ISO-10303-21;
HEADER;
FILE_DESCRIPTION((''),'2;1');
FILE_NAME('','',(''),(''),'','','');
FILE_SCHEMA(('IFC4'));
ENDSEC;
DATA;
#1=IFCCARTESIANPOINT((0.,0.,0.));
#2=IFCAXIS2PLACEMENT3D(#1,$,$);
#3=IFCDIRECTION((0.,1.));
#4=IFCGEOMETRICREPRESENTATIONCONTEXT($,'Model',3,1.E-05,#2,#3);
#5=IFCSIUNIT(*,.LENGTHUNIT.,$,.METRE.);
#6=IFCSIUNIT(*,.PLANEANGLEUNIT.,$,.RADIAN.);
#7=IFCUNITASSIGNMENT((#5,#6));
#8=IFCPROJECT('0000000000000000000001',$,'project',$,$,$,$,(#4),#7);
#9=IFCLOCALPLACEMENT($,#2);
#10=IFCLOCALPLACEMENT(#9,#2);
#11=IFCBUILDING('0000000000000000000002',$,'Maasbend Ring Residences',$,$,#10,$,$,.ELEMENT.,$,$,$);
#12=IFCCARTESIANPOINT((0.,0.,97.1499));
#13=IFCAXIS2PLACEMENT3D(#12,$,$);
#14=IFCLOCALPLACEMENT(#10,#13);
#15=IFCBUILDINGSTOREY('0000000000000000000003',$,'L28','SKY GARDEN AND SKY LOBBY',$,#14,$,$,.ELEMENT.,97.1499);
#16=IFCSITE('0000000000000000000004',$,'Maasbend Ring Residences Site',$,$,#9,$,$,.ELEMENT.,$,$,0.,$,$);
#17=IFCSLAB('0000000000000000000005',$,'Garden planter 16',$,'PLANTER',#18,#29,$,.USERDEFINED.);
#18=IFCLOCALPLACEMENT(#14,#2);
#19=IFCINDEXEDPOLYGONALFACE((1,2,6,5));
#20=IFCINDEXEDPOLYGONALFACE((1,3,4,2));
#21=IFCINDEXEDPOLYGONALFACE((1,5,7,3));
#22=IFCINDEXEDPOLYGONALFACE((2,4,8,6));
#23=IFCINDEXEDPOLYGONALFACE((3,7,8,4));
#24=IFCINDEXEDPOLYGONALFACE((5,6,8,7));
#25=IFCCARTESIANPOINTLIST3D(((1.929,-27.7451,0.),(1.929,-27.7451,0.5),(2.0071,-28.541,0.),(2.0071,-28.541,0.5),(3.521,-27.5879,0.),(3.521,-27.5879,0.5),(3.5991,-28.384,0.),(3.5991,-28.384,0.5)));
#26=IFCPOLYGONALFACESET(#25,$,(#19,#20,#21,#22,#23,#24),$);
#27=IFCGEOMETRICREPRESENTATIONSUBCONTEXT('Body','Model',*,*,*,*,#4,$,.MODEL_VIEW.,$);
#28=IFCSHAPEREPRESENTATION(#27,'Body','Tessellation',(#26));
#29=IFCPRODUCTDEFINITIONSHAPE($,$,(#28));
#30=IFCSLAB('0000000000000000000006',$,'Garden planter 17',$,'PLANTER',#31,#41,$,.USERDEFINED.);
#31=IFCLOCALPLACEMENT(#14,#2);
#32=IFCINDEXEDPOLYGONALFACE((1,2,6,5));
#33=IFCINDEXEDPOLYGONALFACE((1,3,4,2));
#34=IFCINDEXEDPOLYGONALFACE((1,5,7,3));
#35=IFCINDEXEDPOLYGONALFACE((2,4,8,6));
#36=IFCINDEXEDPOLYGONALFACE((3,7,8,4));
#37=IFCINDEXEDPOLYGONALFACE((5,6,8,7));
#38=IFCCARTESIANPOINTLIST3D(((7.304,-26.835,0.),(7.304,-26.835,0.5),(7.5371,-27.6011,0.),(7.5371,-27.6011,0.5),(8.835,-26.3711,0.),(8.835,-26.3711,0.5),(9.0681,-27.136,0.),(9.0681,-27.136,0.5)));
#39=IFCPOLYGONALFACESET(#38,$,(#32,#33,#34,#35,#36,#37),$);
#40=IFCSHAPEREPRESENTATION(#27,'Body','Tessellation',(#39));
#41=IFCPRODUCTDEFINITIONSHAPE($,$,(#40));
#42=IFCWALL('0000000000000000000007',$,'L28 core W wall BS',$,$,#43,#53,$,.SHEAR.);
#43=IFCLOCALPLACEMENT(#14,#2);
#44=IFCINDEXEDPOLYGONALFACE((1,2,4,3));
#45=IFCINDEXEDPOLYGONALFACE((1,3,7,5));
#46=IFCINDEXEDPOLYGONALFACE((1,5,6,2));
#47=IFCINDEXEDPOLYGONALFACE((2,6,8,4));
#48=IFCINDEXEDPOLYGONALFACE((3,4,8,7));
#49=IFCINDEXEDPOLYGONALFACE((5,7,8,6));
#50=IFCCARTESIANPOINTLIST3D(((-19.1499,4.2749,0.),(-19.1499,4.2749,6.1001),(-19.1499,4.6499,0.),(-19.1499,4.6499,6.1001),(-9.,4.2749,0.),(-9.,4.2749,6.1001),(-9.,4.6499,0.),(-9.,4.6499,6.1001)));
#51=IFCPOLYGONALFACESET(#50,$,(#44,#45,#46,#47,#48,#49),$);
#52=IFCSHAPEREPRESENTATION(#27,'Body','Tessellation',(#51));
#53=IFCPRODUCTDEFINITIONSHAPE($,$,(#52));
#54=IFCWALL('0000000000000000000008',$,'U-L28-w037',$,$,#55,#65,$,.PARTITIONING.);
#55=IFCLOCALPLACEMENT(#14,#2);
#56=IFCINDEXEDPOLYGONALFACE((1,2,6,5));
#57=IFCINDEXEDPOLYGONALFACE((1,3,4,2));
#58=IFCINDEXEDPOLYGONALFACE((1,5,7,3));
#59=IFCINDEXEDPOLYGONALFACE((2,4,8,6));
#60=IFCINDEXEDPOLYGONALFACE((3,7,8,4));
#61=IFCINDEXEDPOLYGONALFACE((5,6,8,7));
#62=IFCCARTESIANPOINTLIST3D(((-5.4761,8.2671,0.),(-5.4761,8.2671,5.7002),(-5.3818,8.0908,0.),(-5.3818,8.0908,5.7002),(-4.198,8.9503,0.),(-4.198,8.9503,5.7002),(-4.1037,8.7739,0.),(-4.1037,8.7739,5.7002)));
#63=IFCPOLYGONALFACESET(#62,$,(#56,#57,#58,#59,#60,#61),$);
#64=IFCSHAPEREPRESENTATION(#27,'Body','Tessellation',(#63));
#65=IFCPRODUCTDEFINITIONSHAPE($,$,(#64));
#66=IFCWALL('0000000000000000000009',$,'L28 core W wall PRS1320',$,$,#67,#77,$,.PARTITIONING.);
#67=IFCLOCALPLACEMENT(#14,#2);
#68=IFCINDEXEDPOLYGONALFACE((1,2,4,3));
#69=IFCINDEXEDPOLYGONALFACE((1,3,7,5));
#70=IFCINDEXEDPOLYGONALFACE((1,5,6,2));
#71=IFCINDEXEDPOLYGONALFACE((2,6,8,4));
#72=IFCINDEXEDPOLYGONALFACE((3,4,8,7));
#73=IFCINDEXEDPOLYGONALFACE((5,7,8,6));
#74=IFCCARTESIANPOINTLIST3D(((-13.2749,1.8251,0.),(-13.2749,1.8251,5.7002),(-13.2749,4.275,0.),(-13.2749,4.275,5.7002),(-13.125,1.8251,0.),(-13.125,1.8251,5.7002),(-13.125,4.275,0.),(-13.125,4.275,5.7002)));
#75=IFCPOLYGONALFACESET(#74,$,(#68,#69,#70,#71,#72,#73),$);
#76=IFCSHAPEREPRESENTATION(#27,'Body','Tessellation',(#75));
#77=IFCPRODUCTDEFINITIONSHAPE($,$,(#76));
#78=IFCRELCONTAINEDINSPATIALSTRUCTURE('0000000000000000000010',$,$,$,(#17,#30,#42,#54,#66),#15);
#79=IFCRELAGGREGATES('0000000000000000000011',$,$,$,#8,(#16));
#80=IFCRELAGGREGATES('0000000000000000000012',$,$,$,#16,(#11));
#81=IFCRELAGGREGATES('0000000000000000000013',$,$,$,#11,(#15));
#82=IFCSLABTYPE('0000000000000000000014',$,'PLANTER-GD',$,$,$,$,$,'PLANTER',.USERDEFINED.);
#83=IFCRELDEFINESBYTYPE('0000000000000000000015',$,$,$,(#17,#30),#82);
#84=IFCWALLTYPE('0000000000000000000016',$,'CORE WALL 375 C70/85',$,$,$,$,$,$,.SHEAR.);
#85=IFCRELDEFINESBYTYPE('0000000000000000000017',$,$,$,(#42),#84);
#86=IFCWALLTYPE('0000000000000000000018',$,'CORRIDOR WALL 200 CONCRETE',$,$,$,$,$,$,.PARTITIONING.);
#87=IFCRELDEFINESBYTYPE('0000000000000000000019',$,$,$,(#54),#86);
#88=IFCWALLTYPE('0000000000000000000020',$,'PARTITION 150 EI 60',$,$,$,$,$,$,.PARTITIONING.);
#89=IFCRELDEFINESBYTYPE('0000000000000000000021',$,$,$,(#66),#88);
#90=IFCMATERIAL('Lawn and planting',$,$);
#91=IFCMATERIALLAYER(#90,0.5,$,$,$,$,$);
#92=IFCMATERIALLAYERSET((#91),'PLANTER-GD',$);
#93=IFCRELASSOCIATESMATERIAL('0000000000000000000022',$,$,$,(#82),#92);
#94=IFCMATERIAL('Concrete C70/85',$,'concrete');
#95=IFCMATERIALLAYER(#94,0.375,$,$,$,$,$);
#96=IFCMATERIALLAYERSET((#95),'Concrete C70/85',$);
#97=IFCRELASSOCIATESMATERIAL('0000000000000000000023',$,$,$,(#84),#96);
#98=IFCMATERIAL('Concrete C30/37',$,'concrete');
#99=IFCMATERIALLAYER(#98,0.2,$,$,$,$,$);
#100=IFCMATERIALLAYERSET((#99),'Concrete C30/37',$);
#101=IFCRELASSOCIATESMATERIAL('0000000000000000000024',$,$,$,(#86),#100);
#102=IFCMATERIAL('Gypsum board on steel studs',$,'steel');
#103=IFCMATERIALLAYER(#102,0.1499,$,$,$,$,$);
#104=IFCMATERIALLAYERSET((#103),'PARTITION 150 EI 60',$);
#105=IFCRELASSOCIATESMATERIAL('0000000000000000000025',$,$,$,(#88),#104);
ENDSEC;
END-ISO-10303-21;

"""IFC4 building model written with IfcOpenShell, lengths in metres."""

from ifc_helpers import new_model, si_unit, direction, frame, frame_2d, origin, place, context, subcontext, project, spatial, polyline, rectangle, outline, extrude, material, layer, layer_set, type_object, element, save


model = new_model("IFC4")

# Units and contexts
model_context = context("Model", 3, precision=1e-05, world=origin(), true_north=direction((0.0, 1.0)))
body_context = subcontext(model_context, "Body", "Model", "MODEL_VIEW")
ifc_project = project(units=[si_unit("LENGTHUNIT", "METRE"), si_unit("PLANEANGLEUNIT", "RADIAN")], contexts=[model_context])

# Site, building, storey
site_placement = place(None, origin())
site = spatial("IfcSite", under=ifc_project, at=site_placement, Name="Maasbend Ring Residences Site", CompositionType="ELEMENT", RefElevation=0.0)
building_placement = place(site_placement, origin())
building = spatial("IfcBuilding", under=site, at=building_placement, Name="Maasbend Ring Residences", CompositionType="ELEMENT")
storey_placement = place(building_placement, frame((0.0, 0.0, 97.1499)))
storey = spatial("IfcBuildingStorey", under=building, at=storey_placement, Name="L28", Description="SKY GARDEN AND SKY LOBBY", CompositionType="ELEMENT", Elevation=97.1499)

# Slabs
ifc_material_1 = material(Name="Lawn and planting")
ifc_layer_1 = layer(ifc_material_1, 0.5)
ifc_layer_set_1 = layer_set([ifc_layer_1], Name="PLANTER-GD")
slab_type = type_object("IfcSlabType", Name="PLANTER-GD", ElementType="PLANTER", PredefinedType="USERDEFINED", material=ifc_layer_set_1)
slab_1_placement = place(storey_placement, origin())
element("IfcSlab", 1, at=slab_1_placement, inside=storey, type_object=slab_type, Name="Garden planter 16", ObjectType="PLANTER", PredefinedType="USERDEFINED", context=body_context, shape_type="SweptSolid", body=[
    extrude(outline(polyline([(2.0071, -28.541), (3.5991, -28.384), (3.521, -27.5879), (1.929, -27.7451), (2.0071, -28.541)])), origin(), (0.0, 0.0, 1.0), 0.5),
])
slab_2_placement = place(storey_placement, origin())
element("IfcSlab", 2, at=slab_2_placement, inside=storey, type_object=slab_type, Name="Garden planter 17", ObjectType="PLANTER", PredefinedType="USERDEFINED", context=body_context, shape_type="SweptSolid", body=[
    extrude(outline(polyline([(7.5371, -27.6011), (9.0681, -27.136), (8.835, -26.3711), (7.304, -26.835), (7.5371, -27.6011)])), origin(), (0.0, 0.0, 1.0), 0.5),
])

# Walls
ifc_material_2 = material(Name="Concrete C70/85", Category="concrete")
ifc_layer_2 = layer(ifc_material_2, 0.375)
ifc_layer_set_2 = layer_set([ifc_layer_2], Name="Concrete C70/85")
wall_type_1 = type_object("IfcWallType", Name="CORE WALL 375 C70/85", PredefinedType="SHEAR", material=ifc_layer_set_2)
wall_1_placement = place(storey_placement, frame((-9.0, 4.4624, 0.0), z_axis=(0.0, 0.0, 1.0), x_axis=(-1.0, 0.0, 0.0)))
element("IfcWall", 3, at=wall_1_placement, inside=storey, type_object=wall_type_1, Name="L28 core W wall BS", PredefinedType="SHEAR", context=body_context, shape_type="SweptSolid", body=[
    extrude(rectangle(XDim=10.1499, YDim=0.375, at=frame_2d((5.075, 0.0))), origin(), (0.0, 0.0, 1.0), 6.1001),
])
ifc_material_3 = material(Name="Concrete C30/37", Category="concrete")
ifc_layer_3 = layer(ifc_material_3, 0.2)
ifc_layer_set_3 = layer_set([ifc_layer_3], Name="Concrete C30/37")
wall_type_2 = type_object("IfcWallType", Name="CORRIDOR WALL 200 CONCRETE", PredefinedType="PARTITIONING", material=ifc_layer_set_3)
wall_2_placement = place(storey_placement, frame((-5.429, 8.179, 0.0), z_axis=(0.0, 0.0, 1.0), x_axis=(0.881933, 0.471375, 0.0)))
element("IfcWall", 4, at=wall_2_placement, inside=storey, type_object=wall_type_2, Name="U-L28-w037", PredefinedType="PARTITIONING", context=body_context, shape_type="SweptSolid", body=[
    extrude(rectangle(XDim=1.4492, YDim=0.2, at=frame_2d((0.7246, 0.0))), origin(), (0.0, 0.0, 1.0), 5.7002),
])
ifc_material_4 = material(Name="Gypsum board on steel studs", Category="steel")
ifc_layer_4 = layer(ifc_material_4, 0.1499)
ifc_layer_set_4 = layer_set([ifc_layer_4], Name="PARTITION 150 EI 60")
wall_type_3 = type_object("IfcWallType", Name="PARTITION 150 EI 60", PredefinedType="PARTITIONING", material=ifc_layer_set_4)
wall_3_placement = place(storey_placement, frame((-13.2, 1.825, 0.0), z_axis=(0.0, 0.0, 1.0), x_axis=(0.0, 1.0, 0.0)))
element("IfcWall", 5, at=wall_3_placement, inside=storey, type_object=wall_type_3, Name="L28 core W wall PRS1320", PredefinedType="PARTITIONING", context=body_context, shape_type="SweptSolid", body=[
    extrude(rectangle(XDim=2.45, YDim=0.1499, at=frame_2d((1.2251, 0.0))), origin(), (0.0, 0.0, 1.0), 5.7002),
])

save(model, "model.ifc")
